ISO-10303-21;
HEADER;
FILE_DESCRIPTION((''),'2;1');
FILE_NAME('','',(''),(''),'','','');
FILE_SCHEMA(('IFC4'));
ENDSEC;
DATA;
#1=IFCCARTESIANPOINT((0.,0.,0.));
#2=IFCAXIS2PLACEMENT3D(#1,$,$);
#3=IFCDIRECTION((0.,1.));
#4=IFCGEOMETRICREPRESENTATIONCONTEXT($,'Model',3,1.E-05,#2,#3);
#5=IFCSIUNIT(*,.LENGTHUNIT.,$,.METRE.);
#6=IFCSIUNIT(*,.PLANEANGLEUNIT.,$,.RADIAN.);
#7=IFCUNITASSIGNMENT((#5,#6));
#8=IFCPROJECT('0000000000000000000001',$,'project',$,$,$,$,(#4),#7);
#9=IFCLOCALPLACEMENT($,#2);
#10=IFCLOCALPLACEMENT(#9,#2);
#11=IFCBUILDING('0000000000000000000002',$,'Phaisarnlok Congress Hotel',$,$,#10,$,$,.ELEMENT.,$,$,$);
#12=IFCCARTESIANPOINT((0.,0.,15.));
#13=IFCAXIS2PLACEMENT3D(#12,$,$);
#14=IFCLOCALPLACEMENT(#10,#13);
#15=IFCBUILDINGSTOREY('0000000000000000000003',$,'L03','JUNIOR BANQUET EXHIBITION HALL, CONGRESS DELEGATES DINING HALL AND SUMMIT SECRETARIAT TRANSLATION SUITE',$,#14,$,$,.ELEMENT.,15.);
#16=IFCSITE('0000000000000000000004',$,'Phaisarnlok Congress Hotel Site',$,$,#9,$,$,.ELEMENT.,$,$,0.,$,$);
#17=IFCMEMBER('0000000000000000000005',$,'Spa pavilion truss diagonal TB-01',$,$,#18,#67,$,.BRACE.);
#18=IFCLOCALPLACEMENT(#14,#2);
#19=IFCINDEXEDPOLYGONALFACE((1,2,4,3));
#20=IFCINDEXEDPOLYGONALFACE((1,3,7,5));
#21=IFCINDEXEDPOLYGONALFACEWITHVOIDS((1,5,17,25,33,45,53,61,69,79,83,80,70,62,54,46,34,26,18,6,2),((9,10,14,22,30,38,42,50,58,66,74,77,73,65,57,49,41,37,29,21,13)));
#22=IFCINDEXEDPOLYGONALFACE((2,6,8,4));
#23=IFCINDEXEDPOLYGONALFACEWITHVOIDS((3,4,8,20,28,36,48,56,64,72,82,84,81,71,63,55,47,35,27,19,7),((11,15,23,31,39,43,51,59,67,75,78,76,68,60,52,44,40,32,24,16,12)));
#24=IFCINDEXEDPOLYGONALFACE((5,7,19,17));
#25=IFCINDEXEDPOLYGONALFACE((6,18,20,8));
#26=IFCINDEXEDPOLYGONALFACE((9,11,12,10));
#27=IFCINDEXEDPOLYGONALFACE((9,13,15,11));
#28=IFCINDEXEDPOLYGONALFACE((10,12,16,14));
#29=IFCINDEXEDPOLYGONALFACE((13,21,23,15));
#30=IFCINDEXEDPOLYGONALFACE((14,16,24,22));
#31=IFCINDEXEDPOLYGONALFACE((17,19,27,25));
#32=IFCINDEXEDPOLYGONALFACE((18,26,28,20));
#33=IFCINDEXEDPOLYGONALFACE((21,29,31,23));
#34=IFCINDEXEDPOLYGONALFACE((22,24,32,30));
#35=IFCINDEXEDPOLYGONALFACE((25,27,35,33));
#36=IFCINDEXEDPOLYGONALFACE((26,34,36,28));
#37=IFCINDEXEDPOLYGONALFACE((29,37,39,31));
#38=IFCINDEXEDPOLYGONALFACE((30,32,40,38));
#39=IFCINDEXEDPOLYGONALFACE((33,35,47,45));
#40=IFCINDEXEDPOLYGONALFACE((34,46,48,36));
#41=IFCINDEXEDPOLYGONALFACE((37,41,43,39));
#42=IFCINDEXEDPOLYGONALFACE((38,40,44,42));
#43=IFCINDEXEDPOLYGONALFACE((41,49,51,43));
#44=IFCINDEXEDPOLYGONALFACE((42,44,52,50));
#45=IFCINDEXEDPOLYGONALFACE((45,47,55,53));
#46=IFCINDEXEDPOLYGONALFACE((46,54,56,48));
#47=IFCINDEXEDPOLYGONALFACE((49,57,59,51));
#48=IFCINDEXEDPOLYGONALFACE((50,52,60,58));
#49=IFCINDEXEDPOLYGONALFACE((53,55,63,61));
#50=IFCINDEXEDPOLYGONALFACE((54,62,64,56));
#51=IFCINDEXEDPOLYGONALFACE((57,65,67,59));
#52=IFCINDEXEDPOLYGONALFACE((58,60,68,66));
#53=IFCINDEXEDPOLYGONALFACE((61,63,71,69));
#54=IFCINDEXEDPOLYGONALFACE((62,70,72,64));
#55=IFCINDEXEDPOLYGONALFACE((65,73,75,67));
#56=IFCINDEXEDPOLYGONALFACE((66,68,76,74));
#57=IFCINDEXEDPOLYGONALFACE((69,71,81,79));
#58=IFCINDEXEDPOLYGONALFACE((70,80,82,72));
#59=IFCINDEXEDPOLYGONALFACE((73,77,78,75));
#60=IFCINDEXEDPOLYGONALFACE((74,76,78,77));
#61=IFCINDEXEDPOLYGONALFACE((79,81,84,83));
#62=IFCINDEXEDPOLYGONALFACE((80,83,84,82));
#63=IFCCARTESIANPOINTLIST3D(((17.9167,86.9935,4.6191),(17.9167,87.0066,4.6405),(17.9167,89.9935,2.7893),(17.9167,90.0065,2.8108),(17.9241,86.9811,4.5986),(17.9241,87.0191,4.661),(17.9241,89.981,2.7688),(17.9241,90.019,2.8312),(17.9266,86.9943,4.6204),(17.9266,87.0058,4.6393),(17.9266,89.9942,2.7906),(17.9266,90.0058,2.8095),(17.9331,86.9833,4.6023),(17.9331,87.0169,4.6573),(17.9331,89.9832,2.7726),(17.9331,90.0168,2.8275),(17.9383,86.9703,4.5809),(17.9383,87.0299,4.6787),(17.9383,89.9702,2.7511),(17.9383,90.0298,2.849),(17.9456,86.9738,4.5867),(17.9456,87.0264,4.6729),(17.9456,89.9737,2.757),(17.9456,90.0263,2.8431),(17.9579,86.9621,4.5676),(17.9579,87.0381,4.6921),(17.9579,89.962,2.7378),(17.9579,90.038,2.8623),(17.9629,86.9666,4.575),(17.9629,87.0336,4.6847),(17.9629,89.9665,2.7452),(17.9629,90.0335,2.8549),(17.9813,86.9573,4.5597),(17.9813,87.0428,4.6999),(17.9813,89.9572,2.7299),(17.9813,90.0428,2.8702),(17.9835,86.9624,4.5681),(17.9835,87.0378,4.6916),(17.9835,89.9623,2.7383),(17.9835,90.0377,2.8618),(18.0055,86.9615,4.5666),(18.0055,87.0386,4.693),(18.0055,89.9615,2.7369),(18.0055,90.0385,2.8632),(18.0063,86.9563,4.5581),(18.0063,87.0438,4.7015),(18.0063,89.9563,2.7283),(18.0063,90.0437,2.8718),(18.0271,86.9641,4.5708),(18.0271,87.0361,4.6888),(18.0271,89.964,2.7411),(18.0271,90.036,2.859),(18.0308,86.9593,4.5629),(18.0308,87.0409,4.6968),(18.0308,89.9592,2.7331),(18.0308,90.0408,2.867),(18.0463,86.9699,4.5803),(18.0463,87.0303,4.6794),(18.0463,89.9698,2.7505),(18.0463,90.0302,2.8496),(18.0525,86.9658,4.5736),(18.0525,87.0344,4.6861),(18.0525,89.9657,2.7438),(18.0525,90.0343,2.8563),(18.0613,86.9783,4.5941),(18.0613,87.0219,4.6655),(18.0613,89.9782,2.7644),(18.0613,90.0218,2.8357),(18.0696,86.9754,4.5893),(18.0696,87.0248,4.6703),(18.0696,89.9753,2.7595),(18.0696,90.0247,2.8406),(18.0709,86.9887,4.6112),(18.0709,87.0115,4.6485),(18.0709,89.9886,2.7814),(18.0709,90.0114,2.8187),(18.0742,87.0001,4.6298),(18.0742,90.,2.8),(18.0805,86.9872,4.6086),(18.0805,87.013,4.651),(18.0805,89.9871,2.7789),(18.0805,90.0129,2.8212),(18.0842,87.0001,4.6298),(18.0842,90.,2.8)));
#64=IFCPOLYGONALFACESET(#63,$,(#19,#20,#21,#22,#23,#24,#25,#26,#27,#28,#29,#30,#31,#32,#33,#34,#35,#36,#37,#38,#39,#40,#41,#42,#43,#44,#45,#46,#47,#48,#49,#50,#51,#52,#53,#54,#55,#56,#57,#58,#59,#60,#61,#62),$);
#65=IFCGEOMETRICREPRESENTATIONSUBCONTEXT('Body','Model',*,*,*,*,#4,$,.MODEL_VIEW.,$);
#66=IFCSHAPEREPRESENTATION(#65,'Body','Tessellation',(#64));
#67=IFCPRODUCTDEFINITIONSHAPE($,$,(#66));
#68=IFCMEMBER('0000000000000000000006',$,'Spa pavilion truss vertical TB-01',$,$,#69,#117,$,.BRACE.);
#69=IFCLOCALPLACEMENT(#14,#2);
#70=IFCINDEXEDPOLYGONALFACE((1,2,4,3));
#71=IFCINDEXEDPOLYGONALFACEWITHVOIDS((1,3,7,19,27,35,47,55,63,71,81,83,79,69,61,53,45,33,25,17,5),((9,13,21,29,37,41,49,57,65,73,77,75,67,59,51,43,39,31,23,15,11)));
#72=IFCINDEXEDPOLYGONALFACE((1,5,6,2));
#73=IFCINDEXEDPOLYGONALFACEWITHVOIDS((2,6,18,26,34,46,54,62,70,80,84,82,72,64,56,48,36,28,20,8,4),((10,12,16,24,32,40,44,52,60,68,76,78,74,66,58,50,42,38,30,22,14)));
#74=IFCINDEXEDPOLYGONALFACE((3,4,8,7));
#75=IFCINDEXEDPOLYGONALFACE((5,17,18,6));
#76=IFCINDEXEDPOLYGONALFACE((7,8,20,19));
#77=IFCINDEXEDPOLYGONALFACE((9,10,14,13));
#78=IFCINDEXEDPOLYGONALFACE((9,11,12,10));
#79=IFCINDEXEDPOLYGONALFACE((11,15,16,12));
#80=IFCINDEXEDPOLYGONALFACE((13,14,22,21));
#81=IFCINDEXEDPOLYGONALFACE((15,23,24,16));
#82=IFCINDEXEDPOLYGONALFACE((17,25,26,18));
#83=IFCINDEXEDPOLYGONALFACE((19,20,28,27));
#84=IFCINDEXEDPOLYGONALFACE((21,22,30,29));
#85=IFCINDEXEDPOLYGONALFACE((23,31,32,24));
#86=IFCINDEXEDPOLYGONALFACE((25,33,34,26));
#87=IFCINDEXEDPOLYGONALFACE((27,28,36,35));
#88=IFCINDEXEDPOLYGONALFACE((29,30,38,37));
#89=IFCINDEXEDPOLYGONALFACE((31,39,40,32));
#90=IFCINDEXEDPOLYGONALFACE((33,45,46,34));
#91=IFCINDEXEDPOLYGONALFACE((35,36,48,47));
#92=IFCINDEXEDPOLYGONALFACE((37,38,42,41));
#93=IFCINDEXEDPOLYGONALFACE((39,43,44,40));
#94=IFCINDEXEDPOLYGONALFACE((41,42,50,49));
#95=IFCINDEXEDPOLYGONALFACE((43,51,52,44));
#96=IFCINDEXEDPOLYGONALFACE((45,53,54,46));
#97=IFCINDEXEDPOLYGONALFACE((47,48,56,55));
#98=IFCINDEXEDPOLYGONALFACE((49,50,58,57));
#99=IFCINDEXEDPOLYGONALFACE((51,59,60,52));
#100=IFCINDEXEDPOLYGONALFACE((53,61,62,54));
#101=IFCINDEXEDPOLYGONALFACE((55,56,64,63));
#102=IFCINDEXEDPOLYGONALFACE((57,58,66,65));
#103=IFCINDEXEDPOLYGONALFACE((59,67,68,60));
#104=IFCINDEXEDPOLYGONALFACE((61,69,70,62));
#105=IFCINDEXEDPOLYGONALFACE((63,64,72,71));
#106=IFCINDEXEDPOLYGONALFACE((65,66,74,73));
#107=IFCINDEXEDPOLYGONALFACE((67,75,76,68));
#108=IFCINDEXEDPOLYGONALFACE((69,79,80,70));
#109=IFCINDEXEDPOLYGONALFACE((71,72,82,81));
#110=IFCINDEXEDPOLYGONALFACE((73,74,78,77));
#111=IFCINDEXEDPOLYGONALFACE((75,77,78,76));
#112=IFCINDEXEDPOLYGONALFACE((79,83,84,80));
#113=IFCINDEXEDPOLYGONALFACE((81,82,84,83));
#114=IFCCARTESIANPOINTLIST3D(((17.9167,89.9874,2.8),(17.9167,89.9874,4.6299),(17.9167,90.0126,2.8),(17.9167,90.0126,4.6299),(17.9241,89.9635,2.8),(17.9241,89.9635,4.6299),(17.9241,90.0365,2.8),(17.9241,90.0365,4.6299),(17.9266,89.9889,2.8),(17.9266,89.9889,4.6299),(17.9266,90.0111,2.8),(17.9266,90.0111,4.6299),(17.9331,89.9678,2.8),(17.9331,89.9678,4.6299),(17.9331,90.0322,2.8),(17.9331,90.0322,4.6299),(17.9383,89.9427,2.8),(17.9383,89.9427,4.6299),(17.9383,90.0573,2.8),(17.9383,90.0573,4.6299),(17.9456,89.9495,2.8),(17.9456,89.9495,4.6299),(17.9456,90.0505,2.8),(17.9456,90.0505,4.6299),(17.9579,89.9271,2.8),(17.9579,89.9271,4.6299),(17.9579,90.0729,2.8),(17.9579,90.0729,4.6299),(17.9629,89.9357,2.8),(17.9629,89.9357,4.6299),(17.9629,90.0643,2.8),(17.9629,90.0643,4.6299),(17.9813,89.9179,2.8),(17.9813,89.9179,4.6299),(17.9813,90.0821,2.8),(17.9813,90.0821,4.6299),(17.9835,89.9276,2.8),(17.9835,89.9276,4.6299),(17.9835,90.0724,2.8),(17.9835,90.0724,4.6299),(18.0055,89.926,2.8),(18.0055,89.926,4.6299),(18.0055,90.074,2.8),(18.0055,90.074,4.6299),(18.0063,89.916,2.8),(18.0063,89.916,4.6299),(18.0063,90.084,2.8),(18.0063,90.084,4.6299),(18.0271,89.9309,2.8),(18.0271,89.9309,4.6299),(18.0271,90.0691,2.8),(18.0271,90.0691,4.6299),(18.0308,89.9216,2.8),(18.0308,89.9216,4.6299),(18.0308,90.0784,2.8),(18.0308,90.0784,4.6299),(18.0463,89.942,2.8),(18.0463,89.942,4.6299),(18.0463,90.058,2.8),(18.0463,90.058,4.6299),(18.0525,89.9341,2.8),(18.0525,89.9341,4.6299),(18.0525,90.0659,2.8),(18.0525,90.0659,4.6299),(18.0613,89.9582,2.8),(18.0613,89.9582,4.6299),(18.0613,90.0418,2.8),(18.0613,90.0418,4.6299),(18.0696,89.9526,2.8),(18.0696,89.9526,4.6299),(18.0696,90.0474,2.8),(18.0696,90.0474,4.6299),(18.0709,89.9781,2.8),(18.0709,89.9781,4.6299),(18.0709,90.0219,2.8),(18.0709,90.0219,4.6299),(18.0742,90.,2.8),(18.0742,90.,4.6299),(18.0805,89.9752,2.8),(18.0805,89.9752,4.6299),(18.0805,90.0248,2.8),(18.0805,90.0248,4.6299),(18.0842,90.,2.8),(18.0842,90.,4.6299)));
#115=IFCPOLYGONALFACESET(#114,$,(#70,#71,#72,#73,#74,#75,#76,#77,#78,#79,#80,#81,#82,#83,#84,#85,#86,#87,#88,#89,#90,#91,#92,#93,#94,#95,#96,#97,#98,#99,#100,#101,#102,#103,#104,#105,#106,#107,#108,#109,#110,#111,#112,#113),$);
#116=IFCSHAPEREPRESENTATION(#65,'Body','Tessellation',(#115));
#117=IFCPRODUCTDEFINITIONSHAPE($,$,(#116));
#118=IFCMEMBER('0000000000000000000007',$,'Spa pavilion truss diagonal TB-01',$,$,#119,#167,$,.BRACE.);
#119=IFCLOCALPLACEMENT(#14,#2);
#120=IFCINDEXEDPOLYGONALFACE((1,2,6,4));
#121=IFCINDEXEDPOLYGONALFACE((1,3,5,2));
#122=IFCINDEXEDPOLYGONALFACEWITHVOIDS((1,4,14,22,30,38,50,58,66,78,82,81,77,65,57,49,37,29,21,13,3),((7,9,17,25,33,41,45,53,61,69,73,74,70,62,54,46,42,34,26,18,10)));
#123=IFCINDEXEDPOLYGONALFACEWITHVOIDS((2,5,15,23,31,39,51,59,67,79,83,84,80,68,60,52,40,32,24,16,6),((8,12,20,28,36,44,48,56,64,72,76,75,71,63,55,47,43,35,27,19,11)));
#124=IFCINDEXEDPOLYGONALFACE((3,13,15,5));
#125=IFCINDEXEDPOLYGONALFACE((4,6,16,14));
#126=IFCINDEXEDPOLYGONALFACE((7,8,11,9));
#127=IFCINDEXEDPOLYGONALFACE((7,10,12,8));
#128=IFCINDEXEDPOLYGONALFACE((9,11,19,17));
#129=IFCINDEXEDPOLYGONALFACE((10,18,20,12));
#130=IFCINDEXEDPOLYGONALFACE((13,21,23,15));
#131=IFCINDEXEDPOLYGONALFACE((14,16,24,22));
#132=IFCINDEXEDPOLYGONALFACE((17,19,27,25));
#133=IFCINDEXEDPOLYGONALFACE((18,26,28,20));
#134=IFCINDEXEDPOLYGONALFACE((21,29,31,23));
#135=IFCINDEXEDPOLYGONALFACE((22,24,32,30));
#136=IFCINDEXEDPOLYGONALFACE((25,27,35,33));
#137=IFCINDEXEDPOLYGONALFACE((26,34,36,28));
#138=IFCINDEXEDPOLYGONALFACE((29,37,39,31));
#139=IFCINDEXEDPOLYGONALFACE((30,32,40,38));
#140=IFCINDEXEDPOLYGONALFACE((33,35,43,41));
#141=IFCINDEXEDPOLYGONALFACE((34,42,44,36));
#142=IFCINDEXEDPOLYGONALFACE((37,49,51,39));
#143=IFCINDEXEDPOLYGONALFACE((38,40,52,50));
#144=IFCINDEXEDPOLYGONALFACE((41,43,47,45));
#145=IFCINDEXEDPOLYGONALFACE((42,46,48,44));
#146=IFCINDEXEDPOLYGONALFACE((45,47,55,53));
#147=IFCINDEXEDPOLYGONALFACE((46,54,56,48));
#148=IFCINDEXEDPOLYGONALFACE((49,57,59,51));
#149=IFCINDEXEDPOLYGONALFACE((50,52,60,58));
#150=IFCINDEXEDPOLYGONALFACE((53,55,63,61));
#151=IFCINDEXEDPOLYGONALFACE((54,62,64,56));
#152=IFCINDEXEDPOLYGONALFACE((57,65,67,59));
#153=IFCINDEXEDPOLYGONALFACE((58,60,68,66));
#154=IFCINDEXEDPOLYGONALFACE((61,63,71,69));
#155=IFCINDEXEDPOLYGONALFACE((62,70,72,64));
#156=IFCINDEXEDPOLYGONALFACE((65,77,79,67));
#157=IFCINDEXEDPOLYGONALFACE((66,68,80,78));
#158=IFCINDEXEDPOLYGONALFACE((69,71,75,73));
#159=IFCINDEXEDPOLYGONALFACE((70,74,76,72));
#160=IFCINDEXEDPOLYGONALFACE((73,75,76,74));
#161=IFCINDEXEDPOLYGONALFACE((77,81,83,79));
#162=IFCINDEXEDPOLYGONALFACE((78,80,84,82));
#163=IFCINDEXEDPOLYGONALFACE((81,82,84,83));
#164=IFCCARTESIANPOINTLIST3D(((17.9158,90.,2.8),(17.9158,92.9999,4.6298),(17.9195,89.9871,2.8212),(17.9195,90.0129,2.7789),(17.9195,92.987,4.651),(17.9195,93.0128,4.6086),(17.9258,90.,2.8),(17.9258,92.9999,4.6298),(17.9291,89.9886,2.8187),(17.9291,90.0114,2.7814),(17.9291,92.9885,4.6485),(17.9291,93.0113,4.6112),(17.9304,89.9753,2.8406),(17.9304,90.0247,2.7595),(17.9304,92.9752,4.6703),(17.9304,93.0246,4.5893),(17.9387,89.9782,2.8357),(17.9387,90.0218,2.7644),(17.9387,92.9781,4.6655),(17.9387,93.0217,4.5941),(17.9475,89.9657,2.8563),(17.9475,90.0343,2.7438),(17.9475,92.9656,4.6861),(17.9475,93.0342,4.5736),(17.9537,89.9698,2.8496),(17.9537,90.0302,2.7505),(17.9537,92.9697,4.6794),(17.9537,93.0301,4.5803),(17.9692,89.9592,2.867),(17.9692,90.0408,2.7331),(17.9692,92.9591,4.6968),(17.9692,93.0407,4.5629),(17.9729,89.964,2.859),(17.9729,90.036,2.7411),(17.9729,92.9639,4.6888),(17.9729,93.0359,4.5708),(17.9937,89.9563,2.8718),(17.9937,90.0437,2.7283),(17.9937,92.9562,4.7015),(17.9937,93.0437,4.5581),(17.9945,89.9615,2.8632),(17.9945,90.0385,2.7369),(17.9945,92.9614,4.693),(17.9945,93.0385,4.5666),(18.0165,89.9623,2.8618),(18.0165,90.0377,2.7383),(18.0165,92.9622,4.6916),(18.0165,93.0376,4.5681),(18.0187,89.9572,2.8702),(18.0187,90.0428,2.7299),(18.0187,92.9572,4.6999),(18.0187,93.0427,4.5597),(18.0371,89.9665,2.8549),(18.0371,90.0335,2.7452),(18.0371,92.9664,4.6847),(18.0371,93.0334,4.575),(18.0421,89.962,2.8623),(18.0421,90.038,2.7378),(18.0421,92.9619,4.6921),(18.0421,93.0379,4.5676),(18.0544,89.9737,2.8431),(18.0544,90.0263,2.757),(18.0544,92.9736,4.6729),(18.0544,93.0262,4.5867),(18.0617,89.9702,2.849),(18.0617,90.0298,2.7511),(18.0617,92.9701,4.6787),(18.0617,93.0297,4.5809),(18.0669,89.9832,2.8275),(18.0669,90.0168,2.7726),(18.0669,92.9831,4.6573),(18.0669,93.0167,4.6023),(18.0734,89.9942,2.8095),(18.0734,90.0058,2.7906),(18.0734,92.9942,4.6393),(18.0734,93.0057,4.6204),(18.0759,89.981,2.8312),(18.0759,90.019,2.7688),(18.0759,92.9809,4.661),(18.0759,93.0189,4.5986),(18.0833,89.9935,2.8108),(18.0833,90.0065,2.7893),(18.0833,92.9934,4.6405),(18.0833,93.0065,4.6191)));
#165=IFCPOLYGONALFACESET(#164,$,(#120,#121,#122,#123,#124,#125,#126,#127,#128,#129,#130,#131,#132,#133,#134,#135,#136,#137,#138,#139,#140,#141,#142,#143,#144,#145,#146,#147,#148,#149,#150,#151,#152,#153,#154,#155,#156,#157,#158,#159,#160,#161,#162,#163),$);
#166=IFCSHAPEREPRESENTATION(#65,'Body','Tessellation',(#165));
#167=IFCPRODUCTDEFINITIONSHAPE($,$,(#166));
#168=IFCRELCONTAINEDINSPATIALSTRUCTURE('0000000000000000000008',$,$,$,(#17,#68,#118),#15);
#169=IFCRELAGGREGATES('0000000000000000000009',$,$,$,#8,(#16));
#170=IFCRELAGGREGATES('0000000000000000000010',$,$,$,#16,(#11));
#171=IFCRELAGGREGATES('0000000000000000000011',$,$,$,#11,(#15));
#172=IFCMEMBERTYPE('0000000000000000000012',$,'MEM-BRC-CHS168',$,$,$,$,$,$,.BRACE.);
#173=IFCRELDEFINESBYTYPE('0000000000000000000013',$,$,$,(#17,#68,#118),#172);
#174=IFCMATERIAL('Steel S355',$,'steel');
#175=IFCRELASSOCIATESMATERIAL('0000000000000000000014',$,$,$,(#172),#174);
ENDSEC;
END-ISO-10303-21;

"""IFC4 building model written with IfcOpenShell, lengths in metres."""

from ifc_helpers import new_model, si_unit, direction, frame, origin, origin_2d, place, context, subcontext, project, spatial, hollow_circle, extrude, material, material_profile, profile_set, type_object, element, save


model = new_model("IFC4")

# Units and contexts
model_context = context("Model", 3, precision=1e-05, world=origin(), true_north=direction((0.0, 1.0)))
body_context = subcontext(model_context, "Body", "Model", "MODEL_VIEW")
ifc_project = project(units=[si_unit("LENGTHUNIT", "METRE"), si_unit("PLANEANGLEUNIT", "RADIAN")], contexts=[model_context])

# Site, building, storey
site_placement = place(None, origin())
site = spatial("IfcSite", under=ifc_project, at=site_placement, Name="Phaisarnlok Congress Hotel Site", CompositionType="ELEMENT", RefElevation=0.0)
building_placement = place(site_placement, origin())
building = spatial("IfcBuilding", under=site, at=building_placement, Name="Phaisarnlok Congress Hotel", CompositionType="ELEMENT")
storey_placement = place(building_placement, frame((0.0, 0.0, 15.0)))
storey = spatial("IfcBuildingStorey", under=building, at=storey_placement, Name="L03", Description="JUNIOR BANQUET EXHIBITION HALL, CONGRESS DELEGATES DINING HALL AND SUMMIT SECRETARIAT TRANSLATION SUITE", CompositionType="ELEMENT", Elevation=15.0)

# Members
ifc_material_1 = material(Name="Steel S355", Category="steel")
ifc_material_profile_1 = material_profile(ifc_material_1, hollow_circle(Radius=0.0842, WallThickness=0.01, at=origin_2d()), Name="CHS 168.3x10")
ifc_profile_set_1 = profile_set([ifc_material_profile_1], Name="Steel S355")
member_type_1 = type_object("IfcMemberType", Name="MEM-BRC-CHS168", PredefinedType="BRACE", material=ifc_profile_set_1)
for number, where, z_axis, x_axis, name in (
    (1, (18.0, 90.0, 2.8), (0.0, -0.853725, 0.520725), (1.0, 0.0, 0.0), "Spa pavilion truss diagonal TB-01"),
):
    element("IfcMember", number, at=place(storey_placement, frame(where, z_axis=z_axis, x_axis=x_axis)), inside=storey, type_object=member_type_1, Name=name, PredefinedType="BRACE", context=body_context, shape_type="SweptSolid", body=[
        extrude(hollow_circle(Radius=0.0842, WallThickness=0.01, at=origin_2d()), origin(), (0.0, 0.0, 1.0), 3.5139),
    ])
member_1_placement = place(storey_placement, frame((18.0, 90.0, 2.8), z_axis=(0.0, 0.0, 1.0), x_axis=(1.0, 0.0, 0.0)))
element("IfcMember", 2, at=member_1_placement, inside=storey, type_object=member_type_1, Name="Spa pavilion truss vertical TB-01", PredefinedType="BRACE", context=body_context, shape_type="SweptSolid", body=[
    extrude(hollow_circle(Radius=0.0842, WallThickness=0.01, at=origin_2d()), origin(), (0.0, 0.0, 1.0), 1.8298),
])
member_2_placement = place(storey_placement, frame((18.0, 90.0, 2.8), z_axis=(0.0, 0.853725, 0.520725), x_axis=(-1.0, 0.0, 0.0)))
element("IfcMember", 3, at=member_2_placement, inside=storey, type_object=member_type_1, Name="Spa pavilion truss diagonal TB-01", PredefinedType="BRACE", context=body_context, shape_type="SweptSolid", body=[
    extrude(hollow_circle(Radius=0.0842, WallThickness=0.01, at=origin_2d()), origin(), (0.0, 0.0, 1.0), 3.5139),
])

save(model, "model.ifc")
